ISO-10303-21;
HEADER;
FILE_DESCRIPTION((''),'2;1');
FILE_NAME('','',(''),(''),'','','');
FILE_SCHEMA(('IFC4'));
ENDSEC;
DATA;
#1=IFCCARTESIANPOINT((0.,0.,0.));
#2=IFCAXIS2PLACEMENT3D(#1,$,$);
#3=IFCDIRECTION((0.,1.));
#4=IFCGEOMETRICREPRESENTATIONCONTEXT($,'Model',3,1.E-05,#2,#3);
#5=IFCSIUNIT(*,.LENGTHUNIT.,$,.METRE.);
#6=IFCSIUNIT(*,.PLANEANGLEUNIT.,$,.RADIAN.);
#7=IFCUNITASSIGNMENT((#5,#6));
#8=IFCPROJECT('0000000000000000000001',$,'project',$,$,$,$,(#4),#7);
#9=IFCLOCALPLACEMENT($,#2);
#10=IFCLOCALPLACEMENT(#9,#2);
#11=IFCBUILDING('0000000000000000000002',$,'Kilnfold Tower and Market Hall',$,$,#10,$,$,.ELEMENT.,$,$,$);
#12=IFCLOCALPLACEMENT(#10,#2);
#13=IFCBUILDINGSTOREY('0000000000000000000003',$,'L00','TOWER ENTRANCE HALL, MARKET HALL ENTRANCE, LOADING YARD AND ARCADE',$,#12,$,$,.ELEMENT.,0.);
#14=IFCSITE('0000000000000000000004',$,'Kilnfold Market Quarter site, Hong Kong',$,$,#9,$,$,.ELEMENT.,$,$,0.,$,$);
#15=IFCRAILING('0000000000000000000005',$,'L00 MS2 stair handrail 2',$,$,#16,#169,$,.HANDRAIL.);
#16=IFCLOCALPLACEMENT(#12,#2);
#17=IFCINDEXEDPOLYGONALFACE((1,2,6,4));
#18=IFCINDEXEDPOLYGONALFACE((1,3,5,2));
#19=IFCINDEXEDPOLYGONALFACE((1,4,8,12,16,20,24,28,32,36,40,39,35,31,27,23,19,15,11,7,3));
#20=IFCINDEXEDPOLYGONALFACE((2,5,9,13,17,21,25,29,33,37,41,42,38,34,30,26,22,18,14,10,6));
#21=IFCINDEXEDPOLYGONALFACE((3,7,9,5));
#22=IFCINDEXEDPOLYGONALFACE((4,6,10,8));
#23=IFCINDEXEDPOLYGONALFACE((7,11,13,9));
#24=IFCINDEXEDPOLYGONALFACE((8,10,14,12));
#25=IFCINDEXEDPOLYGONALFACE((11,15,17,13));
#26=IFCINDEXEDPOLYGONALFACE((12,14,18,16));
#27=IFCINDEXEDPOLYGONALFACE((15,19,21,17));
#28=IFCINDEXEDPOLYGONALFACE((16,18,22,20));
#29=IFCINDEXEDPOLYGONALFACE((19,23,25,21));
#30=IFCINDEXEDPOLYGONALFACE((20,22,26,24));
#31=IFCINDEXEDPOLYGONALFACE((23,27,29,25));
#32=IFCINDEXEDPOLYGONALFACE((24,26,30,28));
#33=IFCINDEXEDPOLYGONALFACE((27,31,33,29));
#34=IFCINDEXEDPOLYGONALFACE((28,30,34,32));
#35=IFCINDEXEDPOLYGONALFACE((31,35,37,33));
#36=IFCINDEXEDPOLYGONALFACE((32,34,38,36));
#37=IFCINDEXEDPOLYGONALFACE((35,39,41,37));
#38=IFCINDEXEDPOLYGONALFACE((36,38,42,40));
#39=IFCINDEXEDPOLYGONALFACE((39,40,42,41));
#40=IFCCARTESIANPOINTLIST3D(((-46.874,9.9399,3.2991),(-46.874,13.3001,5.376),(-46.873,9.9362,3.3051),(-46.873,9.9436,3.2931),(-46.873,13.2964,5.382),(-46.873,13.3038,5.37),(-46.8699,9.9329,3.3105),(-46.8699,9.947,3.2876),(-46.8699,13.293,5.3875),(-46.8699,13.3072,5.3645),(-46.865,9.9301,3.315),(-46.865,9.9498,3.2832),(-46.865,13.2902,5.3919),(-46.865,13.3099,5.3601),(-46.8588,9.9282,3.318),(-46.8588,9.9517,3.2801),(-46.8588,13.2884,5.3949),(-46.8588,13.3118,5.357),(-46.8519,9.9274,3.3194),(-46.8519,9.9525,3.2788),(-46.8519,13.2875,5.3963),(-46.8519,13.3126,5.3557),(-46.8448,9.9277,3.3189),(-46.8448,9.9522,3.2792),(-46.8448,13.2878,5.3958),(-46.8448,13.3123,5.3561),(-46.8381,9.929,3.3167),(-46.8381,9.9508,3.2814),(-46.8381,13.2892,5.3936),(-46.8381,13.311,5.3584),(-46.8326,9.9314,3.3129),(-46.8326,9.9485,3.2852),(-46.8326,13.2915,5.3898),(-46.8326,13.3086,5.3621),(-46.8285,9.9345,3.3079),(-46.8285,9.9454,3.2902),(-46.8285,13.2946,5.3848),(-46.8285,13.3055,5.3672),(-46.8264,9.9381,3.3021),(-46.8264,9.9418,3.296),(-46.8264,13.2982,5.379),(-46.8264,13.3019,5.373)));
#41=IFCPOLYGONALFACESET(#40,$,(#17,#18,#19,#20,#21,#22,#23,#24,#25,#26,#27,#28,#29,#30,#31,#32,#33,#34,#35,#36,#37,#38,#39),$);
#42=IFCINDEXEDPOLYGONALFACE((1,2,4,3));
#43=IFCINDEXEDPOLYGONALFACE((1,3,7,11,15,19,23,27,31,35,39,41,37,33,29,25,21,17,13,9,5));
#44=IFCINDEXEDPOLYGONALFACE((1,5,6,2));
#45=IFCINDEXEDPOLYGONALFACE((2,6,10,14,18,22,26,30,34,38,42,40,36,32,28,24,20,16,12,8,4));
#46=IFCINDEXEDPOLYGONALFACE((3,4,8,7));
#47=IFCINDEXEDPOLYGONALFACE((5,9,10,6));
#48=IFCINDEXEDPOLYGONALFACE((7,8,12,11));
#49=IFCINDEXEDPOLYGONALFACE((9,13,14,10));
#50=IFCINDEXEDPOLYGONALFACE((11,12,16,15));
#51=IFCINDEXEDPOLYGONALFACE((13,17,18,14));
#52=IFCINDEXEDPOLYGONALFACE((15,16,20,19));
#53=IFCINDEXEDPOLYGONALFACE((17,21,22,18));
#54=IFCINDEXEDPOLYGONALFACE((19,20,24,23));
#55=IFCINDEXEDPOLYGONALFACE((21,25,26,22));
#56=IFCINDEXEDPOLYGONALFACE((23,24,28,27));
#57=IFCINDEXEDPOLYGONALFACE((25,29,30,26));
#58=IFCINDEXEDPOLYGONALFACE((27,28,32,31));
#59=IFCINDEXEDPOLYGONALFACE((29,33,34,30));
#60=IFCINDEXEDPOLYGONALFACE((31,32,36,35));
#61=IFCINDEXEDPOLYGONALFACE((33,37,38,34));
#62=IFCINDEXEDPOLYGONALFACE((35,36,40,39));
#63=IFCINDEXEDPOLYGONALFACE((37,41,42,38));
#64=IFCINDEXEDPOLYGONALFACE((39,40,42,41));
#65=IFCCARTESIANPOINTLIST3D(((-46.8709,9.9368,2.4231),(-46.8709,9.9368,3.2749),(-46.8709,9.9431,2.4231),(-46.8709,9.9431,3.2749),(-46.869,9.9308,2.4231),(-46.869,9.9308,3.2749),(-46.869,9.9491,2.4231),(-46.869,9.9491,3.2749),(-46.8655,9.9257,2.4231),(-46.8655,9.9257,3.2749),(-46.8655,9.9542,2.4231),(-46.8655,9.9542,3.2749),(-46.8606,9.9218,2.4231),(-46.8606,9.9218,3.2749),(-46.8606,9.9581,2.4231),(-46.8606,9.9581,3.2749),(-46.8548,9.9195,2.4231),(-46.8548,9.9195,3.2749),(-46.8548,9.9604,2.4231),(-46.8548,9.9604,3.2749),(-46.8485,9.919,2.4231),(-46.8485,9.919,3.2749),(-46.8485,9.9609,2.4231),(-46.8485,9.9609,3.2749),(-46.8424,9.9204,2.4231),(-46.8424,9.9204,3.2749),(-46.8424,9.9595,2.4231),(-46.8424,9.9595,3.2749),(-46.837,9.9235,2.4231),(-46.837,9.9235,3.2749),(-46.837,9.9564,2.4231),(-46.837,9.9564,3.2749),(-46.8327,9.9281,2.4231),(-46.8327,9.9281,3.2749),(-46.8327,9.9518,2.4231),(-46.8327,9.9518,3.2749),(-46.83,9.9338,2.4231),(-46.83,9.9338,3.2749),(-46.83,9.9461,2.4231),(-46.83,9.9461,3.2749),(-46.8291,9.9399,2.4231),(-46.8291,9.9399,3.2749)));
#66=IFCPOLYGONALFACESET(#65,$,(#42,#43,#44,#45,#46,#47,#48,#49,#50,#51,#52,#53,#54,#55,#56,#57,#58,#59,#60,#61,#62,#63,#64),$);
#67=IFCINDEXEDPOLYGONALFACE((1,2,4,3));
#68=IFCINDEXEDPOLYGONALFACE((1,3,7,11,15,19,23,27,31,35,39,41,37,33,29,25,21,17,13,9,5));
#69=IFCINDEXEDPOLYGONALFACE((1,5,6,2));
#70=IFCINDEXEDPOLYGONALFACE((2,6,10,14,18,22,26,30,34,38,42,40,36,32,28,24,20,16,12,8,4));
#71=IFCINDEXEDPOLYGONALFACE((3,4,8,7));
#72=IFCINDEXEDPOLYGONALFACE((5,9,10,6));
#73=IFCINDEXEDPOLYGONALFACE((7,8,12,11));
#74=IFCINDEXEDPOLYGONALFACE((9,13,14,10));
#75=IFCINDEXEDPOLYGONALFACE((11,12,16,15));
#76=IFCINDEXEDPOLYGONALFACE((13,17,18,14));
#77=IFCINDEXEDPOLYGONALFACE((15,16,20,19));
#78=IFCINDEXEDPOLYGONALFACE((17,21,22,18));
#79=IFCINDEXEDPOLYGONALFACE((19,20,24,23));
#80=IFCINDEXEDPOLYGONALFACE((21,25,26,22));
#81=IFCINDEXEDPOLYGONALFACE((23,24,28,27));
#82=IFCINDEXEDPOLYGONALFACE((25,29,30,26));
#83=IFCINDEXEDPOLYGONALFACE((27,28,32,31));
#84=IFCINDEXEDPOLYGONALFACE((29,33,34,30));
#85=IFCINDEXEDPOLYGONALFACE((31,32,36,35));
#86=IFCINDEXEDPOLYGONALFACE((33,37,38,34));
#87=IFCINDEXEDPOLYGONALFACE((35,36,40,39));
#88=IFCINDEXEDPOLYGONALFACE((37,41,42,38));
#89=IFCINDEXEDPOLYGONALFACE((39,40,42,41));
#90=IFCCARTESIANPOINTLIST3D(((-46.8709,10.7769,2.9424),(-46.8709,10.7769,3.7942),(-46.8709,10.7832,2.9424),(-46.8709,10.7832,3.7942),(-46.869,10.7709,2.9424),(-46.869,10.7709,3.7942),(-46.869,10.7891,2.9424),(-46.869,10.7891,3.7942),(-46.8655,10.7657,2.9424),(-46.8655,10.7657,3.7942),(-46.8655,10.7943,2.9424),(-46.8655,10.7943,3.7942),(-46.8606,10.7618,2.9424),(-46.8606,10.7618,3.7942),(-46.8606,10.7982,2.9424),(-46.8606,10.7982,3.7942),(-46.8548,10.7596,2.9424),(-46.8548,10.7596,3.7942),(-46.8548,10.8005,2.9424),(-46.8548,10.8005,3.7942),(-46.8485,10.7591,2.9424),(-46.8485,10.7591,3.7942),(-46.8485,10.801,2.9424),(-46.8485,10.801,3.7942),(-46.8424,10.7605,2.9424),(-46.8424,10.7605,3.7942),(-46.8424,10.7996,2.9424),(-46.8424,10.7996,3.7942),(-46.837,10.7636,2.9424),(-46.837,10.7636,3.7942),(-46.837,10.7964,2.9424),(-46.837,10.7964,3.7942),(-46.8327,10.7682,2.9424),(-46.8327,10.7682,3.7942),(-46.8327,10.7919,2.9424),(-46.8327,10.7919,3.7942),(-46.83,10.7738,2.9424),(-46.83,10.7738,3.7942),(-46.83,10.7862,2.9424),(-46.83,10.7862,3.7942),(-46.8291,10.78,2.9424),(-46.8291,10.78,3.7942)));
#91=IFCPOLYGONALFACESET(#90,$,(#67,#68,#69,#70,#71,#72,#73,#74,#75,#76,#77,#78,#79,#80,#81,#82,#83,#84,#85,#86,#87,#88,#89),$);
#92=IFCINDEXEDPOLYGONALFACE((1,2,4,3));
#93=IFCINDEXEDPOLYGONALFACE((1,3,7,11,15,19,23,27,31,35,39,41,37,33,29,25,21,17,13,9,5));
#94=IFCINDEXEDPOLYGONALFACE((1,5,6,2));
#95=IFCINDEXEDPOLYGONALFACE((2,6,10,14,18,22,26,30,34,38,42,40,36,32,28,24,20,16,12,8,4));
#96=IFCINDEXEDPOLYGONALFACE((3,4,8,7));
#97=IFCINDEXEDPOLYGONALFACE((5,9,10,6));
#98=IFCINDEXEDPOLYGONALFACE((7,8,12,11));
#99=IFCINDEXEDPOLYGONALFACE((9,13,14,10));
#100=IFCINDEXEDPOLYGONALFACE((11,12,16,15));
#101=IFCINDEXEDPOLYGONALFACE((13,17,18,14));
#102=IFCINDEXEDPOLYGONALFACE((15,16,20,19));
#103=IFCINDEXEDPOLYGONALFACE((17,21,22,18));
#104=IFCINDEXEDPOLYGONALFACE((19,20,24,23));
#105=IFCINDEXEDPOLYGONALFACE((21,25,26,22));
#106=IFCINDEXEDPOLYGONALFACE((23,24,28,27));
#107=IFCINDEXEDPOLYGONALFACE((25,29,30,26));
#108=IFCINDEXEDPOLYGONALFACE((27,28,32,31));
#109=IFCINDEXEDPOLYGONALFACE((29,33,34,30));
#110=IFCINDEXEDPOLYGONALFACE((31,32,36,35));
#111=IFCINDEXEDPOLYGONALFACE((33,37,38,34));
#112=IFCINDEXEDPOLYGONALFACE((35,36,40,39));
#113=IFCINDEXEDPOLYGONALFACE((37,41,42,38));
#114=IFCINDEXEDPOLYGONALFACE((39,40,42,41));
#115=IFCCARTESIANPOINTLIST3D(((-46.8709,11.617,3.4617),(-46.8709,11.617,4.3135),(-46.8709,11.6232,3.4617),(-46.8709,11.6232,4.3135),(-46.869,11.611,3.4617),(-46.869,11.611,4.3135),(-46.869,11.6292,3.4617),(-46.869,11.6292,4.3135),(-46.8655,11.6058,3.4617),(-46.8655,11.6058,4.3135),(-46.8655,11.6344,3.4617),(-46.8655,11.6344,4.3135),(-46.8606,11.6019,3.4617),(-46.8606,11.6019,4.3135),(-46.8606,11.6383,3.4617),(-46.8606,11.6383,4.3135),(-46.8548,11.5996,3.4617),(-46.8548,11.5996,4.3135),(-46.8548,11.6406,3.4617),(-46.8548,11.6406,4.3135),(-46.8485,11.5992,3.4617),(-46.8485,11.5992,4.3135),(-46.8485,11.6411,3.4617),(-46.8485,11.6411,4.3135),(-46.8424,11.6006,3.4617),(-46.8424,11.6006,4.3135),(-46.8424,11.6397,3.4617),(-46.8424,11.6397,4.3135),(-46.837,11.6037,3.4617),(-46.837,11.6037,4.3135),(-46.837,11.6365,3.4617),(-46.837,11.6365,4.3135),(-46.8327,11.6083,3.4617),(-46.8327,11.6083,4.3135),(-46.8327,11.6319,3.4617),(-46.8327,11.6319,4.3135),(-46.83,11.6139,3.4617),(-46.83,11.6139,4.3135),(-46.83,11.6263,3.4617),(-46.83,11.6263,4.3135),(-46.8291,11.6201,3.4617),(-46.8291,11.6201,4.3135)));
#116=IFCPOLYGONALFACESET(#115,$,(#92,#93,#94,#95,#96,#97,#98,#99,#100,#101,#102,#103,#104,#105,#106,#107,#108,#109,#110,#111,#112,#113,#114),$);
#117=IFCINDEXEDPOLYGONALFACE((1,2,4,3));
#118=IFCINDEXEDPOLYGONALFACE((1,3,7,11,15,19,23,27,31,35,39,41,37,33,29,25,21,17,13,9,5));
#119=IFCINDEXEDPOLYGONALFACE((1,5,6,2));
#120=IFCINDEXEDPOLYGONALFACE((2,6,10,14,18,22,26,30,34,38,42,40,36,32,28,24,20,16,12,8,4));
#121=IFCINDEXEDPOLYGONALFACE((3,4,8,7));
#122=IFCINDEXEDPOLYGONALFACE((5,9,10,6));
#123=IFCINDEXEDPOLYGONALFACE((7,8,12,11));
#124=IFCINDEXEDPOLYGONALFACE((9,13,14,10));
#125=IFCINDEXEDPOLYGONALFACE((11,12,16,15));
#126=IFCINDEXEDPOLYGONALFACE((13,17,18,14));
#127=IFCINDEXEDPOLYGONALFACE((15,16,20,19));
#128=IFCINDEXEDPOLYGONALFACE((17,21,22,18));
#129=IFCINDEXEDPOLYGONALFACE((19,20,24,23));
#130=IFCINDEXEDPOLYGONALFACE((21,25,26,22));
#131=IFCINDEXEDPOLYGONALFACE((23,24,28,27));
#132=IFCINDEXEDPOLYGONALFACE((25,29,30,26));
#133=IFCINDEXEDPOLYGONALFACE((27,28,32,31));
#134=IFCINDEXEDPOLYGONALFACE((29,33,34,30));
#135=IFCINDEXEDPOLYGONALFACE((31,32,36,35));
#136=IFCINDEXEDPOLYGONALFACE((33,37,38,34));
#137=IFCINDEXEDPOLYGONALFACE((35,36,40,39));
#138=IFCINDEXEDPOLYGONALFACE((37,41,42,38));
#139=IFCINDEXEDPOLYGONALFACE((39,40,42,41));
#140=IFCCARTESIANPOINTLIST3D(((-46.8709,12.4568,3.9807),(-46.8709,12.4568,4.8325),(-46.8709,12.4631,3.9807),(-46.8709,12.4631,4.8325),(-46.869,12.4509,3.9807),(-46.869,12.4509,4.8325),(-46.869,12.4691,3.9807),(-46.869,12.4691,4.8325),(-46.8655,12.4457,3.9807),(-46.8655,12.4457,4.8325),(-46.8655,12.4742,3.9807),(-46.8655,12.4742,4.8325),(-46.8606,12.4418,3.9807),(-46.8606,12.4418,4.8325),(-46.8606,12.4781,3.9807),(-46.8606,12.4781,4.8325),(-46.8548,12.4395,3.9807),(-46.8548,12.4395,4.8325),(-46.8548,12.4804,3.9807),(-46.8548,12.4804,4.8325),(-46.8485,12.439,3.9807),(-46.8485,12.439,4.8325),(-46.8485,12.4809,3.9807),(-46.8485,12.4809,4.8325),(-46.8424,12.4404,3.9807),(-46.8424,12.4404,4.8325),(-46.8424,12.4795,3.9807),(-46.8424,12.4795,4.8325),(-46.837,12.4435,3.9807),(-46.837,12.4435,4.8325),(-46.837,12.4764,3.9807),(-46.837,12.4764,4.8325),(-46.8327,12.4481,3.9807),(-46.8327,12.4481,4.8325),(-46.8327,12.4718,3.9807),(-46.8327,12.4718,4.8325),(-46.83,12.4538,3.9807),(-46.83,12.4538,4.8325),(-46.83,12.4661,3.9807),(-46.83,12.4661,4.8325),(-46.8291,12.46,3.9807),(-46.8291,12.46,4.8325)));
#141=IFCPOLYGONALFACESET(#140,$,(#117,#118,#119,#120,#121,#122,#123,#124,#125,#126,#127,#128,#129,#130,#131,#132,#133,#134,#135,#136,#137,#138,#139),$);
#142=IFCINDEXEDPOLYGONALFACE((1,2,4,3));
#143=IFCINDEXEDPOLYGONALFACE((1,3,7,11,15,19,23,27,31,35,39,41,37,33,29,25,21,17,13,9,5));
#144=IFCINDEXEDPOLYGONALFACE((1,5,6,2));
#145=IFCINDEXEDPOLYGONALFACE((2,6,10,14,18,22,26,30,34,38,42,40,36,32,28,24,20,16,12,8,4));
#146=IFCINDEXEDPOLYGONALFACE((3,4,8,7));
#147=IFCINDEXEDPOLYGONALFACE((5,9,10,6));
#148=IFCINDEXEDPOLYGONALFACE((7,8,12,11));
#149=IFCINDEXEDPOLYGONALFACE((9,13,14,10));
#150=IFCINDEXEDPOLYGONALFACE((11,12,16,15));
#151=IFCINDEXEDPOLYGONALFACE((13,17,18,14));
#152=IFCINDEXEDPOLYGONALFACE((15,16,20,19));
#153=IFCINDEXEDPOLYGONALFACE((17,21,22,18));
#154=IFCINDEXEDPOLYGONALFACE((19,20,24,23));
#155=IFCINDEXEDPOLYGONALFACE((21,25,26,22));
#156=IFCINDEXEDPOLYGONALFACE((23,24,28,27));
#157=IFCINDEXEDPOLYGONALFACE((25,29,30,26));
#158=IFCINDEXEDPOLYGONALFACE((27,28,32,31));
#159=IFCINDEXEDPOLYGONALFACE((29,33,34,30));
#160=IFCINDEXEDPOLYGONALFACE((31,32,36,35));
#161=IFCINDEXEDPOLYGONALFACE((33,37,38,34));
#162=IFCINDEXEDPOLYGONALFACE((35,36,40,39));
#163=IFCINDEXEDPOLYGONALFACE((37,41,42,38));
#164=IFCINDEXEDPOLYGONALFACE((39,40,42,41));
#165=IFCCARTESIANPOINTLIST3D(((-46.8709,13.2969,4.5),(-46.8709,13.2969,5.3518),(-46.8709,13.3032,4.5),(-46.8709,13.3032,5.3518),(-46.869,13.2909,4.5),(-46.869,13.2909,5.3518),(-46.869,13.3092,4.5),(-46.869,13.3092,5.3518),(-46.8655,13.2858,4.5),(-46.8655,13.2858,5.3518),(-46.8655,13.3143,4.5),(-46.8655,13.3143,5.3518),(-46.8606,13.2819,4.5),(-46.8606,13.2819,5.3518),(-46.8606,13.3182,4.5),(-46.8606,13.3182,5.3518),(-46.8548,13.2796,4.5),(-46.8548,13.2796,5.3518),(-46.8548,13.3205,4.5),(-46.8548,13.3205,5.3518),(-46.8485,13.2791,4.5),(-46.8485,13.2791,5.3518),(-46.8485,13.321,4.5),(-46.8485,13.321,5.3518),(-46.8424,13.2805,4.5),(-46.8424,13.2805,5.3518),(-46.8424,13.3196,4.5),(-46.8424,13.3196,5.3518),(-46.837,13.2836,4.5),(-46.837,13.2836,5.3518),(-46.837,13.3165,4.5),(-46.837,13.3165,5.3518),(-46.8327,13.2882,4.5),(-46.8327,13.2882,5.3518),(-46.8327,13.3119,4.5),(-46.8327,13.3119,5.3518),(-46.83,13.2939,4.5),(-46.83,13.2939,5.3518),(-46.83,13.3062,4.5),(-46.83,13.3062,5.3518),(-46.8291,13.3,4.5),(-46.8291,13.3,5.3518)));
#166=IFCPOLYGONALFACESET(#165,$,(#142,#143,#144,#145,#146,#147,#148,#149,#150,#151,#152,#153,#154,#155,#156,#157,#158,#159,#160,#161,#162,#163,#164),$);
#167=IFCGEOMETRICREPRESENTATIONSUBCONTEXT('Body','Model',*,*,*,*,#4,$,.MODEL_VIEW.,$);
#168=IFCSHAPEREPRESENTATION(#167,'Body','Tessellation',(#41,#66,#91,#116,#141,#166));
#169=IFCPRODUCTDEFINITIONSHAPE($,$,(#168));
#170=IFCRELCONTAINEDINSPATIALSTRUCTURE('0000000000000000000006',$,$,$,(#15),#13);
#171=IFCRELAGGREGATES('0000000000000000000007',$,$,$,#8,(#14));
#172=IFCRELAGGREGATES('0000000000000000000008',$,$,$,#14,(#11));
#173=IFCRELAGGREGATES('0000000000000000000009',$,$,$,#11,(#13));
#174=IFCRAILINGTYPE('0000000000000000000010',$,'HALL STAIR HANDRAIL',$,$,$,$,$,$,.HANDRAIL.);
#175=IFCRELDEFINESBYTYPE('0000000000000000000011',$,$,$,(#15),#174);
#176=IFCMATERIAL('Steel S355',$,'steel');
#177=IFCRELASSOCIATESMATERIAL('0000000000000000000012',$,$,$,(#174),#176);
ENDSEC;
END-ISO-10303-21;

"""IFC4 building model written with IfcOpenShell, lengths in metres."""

from ifc_helpers import new_model, si_unit, direction, frame, origin, origin_2d, place, context, subcontext, project, spatial, circle, extrude, material, type_object, element, save


model = new_model("IFC4")

# Units and contexts
model_context = context("Model", 3, precision=1e-05, world=origin(), true_north=direction((0.0, 1.0)))
body_context = subcontext(model_context, "Body", "Model", "MODEL_VIEW")
ifc_project = project(units=[si_unit("LENGTHUNIT", "METRE"), si_unit("PLANEANGLEUNIT", "RADIAN")], contexts=[model_context])

# Site, building, storey
site_placement = place(None, origin())
site = spatial("IfcSite", under=ifc_project, at=site_placement, Name="Kilnfold Market Quarter site, Hong Kong", CompositionType="ELEMENT", RefElevation=0.0)
building_placement = place(site_placement, origin())
building = spatial("IfcBuilding", under=site, at=building_placement, Name="Kilnfold Tower and Market Hall", CompositionType="ELEMENT")
storey_placement = place(building_placement, origin())
storey = spatial("IfcBuildingStorey", under=building, at=storey_placement, Name="L00", Description="TOWER ENTRANCE HALL, MARKET HALL ENTRANCE, LOADING YARD AND ARCADE", CompositionType="ELEMENT", Elevation=0.0)

# Railing
ifc_material_1 = material(Name="Steel S355", Category="steel")
railing_type_1 = type_object("IfcRailingType", Name="HALL STAIR HANDRAIL", PredefinedType="HANDRAIL", material=ifc_material_1)
railing_1_placement = place(storey_placement, frame((-46.8501, 9.9399, 2.4231)))
element("IfcRailing", 1, at=railing_1_placement, inside=storey, type_object=railing_type_1, Name="L00 MS2 stair handrail 2", PredefinedType="HANDRAIL", context=body_context, shape_type="SweptSolid", body=[
    extrude(circle(Radius=0.0239, at=origin_2d()), frame((0.0, 0.0, 0.876), z_axis=(0.0, 0.850623, 0.525776), x_axis=(-1.0, 0.0, 0.0)), (0.0, 0.0, 1.0), 3.9502),
    extrude(circle(Radius=0.021, at=origin_2d()), origin(), (0.0, 0.0, 1.0), 0.8518),
    extrude(circle(Radius=0.021, at=origin_2d()), frame((0.0, 0.8401, 0.5193)), (0.0, 0.0, 1.0), 0.8518),
    extrude(circle(Radius=0.021, at=origin_2d()), frame((0.0, 1.6802, 1.0386)), (0.0, 0.0, 1.0), 0.8518),
    extrude(circle(Radius=0.021, at=origin_2d()), frame((0.0, 2.52, 1.5576)), (0.0, 0.0, 1.0), 0.8518),
    extrude(circle(Radius=0.021, at=origin_2d()), frame((0.0, 3.3601, 2.0769)), (0.0, 0.0, 1.0), 0.8518),
])

save(model, "model.ifc")
